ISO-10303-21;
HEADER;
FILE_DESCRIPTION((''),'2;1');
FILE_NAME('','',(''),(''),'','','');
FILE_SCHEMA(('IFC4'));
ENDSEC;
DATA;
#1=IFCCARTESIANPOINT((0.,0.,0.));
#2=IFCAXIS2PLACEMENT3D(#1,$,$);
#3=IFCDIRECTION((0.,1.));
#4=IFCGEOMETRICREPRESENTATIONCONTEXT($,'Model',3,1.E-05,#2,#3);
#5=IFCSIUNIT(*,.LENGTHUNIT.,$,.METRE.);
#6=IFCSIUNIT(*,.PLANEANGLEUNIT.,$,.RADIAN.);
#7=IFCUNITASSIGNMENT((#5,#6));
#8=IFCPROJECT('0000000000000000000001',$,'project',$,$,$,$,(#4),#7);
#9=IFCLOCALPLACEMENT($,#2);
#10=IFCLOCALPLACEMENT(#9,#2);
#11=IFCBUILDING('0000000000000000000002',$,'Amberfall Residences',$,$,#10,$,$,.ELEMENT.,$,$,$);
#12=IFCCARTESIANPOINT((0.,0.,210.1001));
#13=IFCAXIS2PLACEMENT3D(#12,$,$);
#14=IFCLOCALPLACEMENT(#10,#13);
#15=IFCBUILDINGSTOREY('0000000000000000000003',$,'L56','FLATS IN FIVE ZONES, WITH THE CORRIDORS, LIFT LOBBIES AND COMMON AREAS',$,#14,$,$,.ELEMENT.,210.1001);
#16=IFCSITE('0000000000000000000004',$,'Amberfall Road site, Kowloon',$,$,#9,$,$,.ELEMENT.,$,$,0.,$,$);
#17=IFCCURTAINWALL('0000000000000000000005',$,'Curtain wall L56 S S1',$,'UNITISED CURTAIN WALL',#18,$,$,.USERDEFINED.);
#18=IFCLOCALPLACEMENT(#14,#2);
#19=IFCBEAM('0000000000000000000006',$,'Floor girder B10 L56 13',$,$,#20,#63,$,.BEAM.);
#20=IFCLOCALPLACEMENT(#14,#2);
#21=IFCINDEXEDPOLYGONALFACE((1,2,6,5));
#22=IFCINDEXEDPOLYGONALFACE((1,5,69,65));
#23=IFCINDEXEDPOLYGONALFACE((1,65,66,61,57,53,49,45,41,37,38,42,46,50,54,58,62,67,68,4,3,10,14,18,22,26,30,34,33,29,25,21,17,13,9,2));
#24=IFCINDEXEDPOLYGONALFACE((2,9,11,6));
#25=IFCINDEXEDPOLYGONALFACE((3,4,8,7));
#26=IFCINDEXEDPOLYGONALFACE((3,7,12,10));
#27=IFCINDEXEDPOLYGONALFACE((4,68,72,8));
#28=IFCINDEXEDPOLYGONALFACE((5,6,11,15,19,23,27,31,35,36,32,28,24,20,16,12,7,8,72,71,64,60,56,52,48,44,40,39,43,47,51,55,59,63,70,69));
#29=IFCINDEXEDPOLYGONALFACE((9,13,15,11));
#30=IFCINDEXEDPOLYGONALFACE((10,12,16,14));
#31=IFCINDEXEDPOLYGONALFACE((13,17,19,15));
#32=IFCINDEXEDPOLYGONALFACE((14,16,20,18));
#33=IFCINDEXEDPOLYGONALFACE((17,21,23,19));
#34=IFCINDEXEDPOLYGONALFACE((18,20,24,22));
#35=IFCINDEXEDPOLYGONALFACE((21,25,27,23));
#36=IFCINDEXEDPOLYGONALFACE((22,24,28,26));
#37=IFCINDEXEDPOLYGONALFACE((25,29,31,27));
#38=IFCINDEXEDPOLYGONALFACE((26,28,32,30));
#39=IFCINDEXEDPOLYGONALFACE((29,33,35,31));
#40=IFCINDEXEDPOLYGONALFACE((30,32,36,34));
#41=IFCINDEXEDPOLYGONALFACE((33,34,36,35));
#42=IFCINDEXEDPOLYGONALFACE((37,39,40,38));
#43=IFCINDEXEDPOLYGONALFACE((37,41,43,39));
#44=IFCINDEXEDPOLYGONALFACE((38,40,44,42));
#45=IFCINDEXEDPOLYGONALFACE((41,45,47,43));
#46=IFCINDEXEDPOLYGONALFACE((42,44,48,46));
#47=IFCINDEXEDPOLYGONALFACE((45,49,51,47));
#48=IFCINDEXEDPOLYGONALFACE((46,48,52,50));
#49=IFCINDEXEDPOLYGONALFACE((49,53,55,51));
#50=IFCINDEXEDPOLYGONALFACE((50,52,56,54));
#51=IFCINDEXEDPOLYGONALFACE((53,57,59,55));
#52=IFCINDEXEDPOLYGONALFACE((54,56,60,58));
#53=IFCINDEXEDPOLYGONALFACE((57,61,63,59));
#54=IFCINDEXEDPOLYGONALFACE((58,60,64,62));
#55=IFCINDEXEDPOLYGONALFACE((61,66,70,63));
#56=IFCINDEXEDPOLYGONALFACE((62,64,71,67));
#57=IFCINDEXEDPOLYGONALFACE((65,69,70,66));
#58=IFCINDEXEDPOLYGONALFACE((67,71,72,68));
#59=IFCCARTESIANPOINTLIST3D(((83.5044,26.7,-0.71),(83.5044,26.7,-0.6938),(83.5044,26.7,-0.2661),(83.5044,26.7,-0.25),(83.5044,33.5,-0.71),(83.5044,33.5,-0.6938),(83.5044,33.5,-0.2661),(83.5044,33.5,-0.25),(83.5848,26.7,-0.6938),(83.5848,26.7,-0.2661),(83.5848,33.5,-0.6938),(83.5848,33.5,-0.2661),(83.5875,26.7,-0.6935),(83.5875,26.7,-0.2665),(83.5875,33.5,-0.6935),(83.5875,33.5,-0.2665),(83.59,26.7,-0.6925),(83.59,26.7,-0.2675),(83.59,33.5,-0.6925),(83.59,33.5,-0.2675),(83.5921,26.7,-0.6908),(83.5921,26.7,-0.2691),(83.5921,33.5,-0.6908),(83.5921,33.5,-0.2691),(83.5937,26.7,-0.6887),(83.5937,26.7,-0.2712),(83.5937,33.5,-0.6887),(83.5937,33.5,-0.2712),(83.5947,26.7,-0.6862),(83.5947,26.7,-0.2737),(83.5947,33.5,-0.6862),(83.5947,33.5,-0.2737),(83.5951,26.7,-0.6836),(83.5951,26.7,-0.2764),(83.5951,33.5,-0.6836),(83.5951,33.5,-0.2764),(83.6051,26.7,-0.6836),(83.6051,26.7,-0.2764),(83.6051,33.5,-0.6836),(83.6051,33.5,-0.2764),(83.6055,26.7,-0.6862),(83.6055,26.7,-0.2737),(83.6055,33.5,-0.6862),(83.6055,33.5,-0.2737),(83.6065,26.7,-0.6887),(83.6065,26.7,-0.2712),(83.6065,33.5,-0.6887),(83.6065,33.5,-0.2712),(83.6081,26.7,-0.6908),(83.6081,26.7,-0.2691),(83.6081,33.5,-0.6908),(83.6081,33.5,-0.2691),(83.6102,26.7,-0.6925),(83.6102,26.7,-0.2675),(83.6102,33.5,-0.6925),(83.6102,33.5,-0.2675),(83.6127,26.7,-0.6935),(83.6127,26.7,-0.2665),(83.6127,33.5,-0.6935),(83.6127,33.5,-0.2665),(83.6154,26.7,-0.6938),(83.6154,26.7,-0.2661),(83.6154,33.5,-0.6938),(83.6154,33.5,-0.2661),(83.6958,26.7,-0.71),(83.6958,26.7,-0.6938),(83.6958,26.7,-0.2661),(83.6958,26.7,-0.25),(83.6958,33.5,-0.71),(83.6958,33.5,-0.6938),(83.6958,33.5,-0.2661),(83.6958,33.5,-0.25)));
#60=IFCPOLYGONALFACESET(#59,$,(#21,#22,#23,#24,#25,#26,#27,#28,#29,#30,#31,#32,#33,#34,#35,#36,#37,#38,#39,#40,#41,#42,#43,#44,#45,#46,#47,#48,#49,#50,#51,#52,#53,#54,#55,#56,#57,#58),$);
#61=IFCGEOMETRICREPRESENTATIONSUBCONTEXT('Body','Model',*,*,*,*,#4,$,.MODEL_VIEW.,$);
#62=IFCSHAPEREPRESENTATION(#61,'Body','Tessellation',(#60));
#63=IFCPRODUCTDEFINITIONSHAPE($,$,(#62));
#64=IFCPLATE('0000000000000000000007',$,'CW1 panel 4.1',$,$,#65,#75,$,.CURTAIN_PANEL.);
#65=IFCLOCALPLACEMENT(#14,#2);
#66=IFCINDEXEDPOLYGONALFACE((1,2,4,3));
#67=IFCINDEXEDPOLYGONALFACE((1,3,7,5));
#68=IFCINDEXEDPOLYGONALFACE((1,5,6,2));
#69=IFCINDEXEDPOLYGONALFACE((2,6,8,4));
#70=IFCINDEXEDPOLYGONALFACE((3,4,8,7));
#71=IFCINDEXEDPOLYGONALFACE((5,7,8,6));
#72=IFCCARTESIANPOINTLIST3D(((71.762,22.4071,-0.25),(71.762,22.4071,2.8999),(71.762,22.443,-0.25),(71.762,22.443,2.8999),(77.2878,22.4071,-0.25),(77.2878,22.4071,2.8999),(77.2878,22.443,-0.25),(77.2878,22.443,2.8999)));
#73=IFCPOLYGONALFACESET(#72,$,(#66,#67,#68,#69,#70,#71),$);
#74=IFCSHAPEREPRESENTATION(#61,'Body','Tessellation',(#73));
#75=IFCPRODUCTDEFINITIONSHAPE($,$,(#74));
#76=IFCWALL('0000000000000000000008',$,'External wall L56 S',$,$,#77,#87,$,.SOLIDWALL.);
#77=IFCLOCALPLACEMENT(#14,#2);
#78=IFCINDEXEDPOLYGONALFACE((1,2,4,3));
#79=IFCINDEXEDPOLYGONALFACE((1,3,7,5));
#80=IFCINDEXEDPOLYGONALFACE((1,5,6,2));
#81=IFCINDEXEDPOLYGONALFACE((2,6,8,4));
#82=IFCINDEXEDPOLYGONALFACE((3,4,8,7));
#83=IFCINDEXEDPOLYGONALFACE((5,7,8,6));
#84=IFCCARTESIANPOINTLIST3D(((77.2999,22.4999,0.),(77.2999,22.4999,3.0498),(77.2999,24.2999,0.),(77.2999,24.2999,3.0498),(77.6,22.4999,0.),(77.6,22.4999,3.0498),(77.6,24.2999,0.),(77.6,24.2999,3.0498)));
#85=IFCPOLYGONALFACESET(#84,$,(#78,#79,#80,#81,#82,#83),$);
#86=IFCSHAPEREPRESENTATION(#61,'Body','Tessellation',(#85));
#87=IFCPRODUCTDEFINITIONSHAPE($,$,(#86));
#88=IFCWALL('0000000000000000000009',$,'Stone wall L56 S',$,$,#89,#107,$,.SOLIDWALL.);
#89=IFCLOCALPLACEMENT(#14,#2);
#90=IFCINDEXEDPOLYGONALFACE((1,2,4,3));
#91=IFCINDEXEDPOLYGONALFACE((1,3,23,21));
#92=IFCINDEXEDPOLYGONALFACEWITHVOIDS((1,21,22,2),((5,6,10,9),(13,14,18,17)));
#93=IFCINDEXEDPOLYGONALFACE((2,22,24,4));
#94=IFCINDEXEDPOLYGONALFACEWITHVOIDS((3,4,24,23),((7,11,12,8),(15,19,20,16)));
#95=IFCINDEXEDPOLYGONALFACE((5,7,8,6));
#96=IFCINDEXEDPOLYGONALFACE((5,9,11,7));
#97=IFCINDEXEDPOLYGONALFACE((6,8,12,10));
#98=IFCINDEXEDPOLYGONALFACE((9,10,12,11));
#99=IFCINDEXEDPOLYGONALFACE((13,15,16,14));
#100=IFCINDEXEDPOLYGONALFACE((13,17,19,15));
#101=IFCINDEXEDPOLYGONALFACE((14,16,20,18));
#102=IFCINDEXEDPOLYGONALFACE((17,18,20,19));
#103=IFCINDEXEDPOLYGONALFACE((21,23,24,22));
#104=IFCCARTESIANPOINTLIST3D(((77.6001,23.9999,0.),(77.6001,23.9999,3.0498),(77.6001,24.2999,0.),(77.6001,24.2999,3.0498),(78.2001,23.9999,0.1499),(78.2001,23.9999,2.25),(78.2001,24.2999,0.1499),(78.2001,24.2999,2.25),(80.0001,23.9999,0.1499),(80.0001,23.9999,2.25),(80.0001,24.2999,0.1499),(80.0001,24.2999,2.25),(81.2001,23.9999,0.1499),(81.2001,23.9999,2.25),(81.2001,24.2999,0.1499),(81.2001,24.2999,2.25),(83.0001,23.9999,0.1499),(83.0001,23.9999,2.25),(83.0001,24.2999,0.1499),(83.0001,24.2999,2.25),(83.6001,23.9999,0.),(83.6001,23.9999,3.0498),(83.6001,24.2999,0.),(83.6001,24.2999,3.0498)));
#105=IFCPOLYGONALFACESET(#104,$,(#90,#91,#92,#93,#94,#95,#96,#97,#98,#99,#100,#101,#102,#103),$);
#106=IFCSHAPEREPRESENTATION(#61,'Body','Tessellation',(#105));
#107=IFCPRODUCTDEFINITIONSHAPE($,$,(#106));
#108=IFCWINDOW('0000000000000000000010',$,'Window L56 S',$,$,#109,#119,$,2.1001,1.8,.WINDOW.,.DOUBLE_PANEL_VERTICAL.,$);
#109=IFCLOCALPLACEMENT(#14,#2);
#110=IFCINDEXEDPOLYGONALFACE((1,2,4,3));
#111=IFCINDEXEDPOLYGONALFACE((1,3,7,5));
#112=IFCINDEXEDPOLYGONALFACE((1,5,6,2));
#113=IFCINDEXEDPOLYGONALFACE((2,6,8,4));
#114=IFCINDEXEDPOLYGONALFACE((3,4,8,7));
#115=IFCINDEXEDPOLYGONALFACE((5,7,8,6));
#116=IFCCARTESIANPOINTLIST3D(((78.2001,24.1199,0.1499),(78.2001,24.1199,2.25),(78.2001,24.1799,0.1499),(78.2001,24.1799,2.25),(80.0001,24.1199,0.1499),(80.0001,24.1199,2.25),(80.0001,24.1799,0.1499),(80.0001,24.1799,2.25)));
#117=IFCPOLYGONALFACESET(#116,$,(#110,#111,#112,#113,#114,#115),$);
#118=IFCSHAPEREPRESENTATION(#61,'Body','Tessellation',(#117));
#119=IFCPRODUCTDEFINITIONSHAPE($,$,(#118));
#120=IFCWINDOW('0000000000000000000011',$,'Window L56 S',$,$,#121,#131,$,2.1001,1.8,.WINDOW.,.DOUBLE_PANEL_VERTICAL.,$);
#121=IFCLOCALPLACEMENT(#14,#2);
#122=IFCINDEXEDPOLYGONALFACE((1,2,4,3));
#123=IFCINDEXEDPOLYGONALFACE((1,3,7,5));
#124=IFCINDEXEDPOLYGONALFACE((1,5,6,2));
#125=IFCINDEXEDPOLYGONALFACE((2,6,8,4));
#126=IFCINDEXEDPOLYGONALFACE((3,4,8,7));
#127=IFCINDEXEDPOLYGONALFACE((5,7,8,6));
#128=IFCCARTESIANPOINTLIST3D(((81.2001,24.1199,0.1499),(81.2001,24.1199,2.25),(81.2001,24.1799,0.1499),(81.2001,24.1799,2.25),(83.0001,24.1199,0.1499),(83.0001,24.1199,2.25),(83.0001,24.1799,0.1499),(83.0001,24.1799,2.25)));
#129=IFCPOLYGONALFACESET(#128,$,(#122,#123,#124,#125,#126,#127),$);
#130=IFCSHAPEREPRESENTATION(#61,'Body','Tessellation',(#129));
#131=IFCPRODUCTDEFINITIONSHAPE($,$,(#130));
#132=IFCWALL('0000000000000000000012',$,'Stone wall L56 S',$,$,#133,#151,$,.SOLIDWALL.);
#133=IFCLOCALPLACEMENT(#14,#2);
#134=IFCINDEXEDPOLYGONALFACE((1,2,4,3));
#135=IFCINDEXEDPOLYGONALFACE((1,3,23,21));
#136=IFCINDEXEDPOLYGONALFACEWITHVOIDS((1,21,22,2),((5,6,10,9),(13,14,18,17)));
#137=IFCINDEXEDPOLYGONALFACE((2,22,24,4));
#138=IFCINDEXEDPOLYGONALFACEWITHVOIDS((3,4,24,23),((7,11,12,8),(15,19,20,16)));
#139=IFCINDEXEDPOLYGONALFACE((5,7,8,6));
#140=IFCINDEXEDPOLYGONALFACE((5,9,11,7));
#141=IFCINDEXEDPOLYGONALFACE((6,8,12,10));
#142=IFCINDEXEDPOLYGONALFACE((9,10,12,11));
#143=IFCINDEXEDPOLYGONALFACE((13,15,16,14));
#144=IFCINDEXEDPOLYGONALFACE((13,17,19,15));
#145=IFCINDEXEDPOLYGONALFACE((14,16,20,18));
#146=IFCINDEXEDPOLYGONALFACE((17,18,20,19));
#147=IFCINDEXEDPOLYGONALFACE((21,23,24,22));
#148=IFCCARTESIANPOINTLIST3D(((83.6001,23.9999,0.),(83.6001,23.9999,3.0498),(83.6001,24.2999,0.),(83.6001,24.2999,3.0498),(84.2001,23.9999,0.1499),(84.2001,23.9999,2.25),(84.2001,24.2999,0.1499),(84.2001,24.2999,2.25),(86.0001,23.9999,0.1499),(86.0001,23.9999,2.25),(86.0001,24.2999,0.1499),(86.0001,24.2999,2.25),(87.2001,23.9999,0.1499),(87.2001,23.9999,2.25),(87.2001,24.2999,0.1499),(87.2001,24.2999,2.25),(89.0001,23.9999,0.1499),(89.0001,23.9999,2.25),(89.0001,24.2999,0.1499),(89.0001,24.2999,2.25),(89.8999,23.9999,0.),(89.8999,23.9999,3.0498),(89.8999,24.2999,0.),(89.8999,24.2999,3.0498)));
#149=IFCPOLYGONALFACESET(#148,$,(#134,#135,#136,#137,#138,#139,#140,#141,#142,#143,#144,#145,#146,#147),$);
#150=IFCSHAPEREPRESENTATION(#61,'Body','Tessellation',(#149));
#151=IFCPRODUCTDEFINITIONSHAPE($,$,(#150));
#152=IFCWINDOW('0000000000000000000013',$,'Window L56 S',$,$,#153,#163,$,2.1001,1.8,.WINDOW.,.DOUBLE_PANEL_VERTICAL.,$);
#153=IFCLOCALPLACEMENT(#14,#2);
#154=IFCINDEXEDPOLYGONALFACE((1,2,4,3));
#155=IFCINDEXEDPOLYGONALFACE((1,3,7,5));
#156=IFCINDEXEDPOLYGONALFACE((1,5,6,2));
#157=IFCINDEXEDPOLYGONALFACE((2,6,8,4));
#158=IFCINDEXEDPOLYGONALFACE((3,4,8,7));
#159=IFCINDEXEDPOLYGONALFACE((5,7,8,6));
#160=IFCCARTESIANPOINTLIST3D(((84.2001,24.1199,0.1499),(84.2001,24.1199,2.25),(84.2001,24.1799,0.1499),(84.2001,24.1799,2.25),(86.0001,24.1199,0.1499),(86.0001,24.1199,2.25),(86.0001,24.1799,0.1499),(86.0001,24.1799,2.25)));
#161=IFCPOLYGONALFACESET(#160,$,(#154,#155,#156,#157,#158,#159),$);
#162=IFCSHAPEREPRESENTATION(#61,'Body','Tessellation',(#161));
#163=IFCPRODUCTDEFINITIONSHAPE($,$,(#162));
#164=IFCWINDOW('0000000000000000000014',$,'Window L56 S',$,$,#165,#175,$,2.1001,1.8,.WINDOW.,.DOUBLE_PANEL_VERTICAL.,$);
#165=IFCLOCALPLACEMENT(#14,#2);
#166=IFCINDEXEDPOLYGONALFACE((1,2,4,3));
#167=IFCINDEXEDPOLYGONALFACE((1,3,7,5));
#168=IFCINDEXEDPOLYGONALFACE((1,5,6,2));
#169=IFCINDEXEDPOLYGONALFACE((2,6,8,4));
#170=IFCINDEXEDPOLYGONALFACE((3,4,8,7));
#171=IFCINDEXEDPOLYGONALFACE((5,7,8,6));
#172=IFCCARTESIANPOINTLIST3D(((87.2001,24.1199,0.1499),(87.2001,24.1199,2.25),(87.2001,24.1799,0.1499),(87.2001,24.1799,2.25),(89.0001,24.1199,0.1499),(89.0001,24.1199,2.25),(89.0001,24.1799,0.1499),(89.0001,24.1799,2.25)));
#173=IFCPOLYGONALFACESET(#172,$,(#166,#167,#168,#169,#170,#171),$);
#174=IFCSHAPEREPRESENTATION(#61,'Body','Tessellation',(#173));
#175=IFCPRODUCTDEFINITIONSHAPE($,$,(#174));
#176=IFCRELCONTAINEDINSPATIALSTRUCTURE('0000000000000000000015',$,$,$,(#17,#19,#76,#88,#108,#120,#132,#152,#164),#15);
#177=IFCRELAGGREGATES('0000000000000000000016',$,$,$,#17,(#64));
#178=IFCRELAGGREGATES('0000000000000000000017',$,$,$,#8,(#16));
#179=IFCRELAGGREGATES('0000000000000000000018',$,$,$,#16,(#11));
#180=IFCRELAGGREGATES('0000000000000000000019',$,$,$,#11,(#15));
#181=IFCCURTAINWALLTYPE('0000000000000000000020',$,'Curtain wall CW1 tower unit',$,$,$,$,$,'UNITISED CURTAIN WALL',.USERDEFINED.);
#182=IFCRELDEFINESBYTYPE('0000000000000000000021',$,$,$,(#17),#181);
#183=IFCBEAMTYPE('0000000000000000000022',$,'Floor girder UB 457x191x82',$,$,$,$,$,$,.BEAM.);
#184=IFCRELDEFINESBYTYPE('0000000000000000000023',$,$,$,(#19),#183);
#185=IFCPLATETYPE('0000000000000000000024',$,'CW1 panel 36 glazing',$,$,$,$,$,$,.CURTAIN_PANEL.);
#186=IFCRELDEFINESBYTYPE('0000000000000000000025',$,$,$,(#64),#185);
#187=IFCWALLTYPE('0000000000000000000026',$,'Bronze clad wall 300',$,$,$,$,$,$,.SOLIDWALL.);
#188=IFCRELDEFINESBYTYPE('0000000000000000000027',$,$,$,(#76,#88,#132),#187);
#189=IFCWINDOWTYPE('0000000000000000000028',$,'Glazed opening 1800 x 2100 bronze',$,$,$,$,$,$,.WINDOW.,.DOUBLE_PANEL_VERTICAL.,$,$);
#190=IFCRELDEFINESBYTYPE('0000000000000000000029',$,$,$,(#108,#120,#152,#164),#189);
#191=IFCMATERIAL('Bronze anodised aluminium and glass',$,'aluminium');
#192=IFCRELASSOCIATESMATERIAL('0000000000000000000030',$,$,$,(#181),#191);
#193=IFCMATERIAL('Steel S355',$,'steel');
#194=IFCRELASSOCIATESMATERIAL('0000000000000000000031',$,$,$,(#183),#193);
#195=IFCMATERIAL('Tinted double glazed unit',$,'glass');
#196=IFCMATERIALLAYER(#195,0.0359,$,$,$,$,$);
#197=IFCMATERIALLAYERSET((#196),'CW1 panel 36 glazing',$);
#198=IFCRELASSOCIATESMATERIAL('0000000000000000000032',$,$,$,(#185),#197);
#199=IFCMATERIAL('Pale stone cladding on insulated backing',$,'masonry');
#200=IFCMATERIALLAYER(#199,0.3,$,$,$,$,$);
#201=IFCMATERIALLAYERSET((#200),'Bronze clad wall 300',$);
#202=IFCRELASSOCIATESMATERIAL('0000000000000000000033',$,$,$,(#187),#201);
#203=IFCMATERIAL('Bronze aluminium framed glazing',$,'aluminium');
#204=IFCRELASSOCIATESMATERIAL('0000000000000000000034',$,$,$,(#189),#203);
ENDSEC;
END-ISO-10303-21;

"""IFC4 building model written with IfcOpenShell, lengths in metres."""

from ifc_helpers import new_model, si_unit, direction, frame, frame_2d, origin, origin_2d, place, context, subcontext, project, spatial, rectangle, i_section, extrude, material, layer, layer_set, material_profile, profile_set, type_object, element, fill, aggregate, save


model = new_model("IFC4")

# Units and contexts
model_context = context("Model", 3, precision=1e-05, world=origin(), true_north=direction((0.0, 1.0)))
body_context = subcontext(model_context, "Body", "Model", "MODEL_VIEW")
ifc_project = project(units=[si_unit("LENGTHUNIT", "METRE"), si_unit("PLANEANGLEUNIT", "RADIAN")], contexts=[model_context])

# Site, building, storey
site_placement = place(None, origin())
site = spatial("IfcSite", under=ifc_project, at=site_placement, Name="Amberfall Road site, Kowloon", CompositionType="ELEMENT", RefElevation=0.0)
building_placement = place(site_placement, origin())
building = spatial("IfcBuilding", under=site, at=building_placement, Name="Amberfall Residences", CompositionType="ELEMENT")
storey_placement = place(building_placement, frame((0.0, 0.0, 210.1001)))
storey = spatial("IfcBuildingStorey", under=building, at=storey_placement, Name="L56", Description="FLATS IN FIVE ZONES, WITH THE CORRIDORS, LIFT LOBBIES AND COMMON AREAS", CompositionType="ELEMENT", Elevation=210.1001)

# Shared definitions
ifc_material_1 = material(Name="Steel S355", Category="steel")

# Curtain wall
ifc_material_2 = material(Name="Bronze anodised aluminium and glass", Category="aluminium")
curtain_wall_type = type_object("IfcCurtainWallType", Name="Curtain wall CW1 tower unit", ElementType="UNITISED CURTAIN WALL", PredefinedType="USERDEFINED", material=ifc_material_2)
curtain_wall_placement = place(storey_placement, origin())
curtain_wall = element("IfcCurtainWall", 1, at=curtain_wall_placement, inside=storey, type_object=curtain_wall_type, Name="Curtain wall L56 S S1", ObjectType="UNITISED CURTAIN WALL", PredefinedType="USERDEFINED")

# Beam
ifc_material_profile_1 = material_profile(ifc_material_1, i_section(OverallWidth=0.1914, OverallDepth=0.46, WebThickness=0.01, FlangeThickness=0.0161, FilletRadius=0.0103, at=origin_2d()), Name="UB 457x191x82")
ifc_profile_set_1 = profile_set([ifc_material_profile_1], Name="Steel S355")
beam_type_1 = type_object("IfcBeamType", Name="Floor girder UB 457x191x82", PredefinedType="BEAM", material=ifc_profile_set_1)
beam_1_placement = place(storey_placement, frame((83.6001, 26.7, -0.48), z_axis=(0.0, 1.0, 0.0), x_axis=(-1.0, 0.0, 0.0)))
element("IfcBeam", 2, at=beam_1_placement, inside=storey, type_object=beam_type_1, Name="Floor girder B10 L56 13", PredefinedType="BEAM", context=body_context, shape_type="SweptSolid", body=[
    extrude(i_section(OverallWidth=0.1914, OverallDepth=0.46, WebThickness=0.01, FlangeThickness=0.0161, FilletRadius=0.0103, at=origin_2d()), origin(), (0.0, 0.0, 1.0), 6.8),
])

# Plate
ifc_material_3 = material(Name="Tinted double glazed unit", Category="glass")
ifc_layer_1 = layer(ifc_material_3, 0.0359)
ifc_layer_set_1 = layer_set([ifc_layer_1], Name="CW1 panel 36 glazing")
plate_type = type_object("IfcPlateType", Name="CW1 panel 36 glazing", PredefinedType="CURTAIN_PANEL", material=ifc_layer_set_1)
plate_placement = place(storey_placement, frame((74.5249, 22.425, -0.25), z_axis=(0.0, 0.0, 1.0), x_axis=(1.0, 0.0, 0.0)))
plate = element("IfcPlate", 3, at=plate_placement, type_object=plate_type, Name="CW1 panel 4.1", PredefinedType="CURTAIN_PANEL", context=body_context, shape_type="SweptSolid", body=[
    extrude(rectangle(XDim=5.5259, YDim=0.0359, at=origin_2d()), origin(), (0.0, 0.0, 1.0), 3.1499),
])
aggregate(curtain_wall, [plate])

# Wall
ifc_material_4 = material(Name="Pale stone cladding on insulated backing", Category="masonry")
ifc_layer_2 = layer(ifc_material_4, 0.3)
ifc_layer_set_2 = layer_set([ifc_layer_2], Name="Bronze clad wall 300")
wall_type_1 = type_object("IfcWallType", Name="Bronze clad wall 300", PredefinedType="SOLIDWALL", material=ifc_layer_set_2)
wall_1_placement = place(storey_placement, frame((77.45, 22.5, 0.0), z_axis=(0.0, 0.0, 1.0), x_axis=(0.0, 1.0, 0.0)))
element("IfcWall", 4, at=wall_1_placement, inside=storey, type_object=wall_type_1, Name="External wall L56 S", PredefinedType="SOLIDWALL", context=body_context, shape_type="SweptSolid", body=[
    extrude(rectangle(XDim=1.8, YDim=0.3, at=frame_2d((0.8999, 0.0))), origin(), (0.0, 0.0, 1.0), 3.0498),
])

# Walls, openings, windows
wall_2_placement = place(storey_placement, frame((77.6001, 24.1499, 0.0), z_axis=(0.0, 0.0, 1.0), x_axis=(1.0, 0.0, 0.0)))
wall_2 = element("IfcWall", 5, at=wall_2_placement, inside=storey, type_object=wall_type_1, Name="Stone wall L56 S", PredefinedType="SOLIDWALL", context=body_context, shape_type="SweptSolid", body=[
    extrude(rectangle(XDim=6.0, YDim=0.3, at=frame_2d((3.0, 0.0))), origin(), (0.0, 0.0, 1.0), 3.0498),
])
opening_1_placement = place(wall_2_placement, frame((0.6001, 0.0, 0.1499)))
opening_1 = element("IfcOpeningElement", 6, at=opening_1_placement, cuts=wall_2, PredefinedType="OPENING", context=body_context, shape_type="SweptSolid", body=[
    extrude(rectangle(XDim=1.8, YDim=2.1001, at=frame_2d((0.8999, 1.05))), frame((0.0, 0.1599, 0.0), z_axis=(0.0, -1.0, 0.0), x_axis=(1.0, 0.0, 0.0)), (0.0, 0.0, 1.0), 0.3201),
])
opening_2_placement = place(wall_2_placement, frame((3.6001, 0.0, 0.1499)))
opening_2 = element("IfcOpeningElement", 7, at=opening_2_placement, cuts=wall_2, PredefinedType="OPENING", context=body_context, shape_type="SweptSolid", body=[
    extrude(rectangle(XDim=1.8, YDim=2.1001, at=frame_2d((0.8999, 1.05))), frame((0.0, 0.1599, 0.0), z_axis=(0.0, -1.0, 0.0), x_axis=(1.0, 0.0, 0.0)), (0.0, 0.0, 1.0), 0.3201),
])
ifc_material_5 = material(Name="Bronze aluminium framed glazing", Category="aluminium")
window_type = type_object("IfcWindowType", Name="Glazed opening 1800 x 2100 bronze", PartitioningType="DOUBLE_PANEL_VERTICAL", PredefinedType="WINDOW", material=ifc_material_5)
window_1_placement = place(opening_1_placement, origin())
window_1 = element("IfcWindow", 8, at=window_1_placement, inside=storey, type_object=window_type, Name="Window L56 S", OverallHeight=2.1001, OverallWidth=1.8, PartitioningType="DOUBLE_PANEL_VERTICAL", PredefinedType="WINDOW", context=body_context, shape_type="SweptSolid", body=[
    extrude(rectangle(XDim=1.8, YDim=2.1001, at=frame_2d((0.8999, 1.05))), frame((0.0, 0.03, 0.0), z_axis=(0.0, -1.0, 0.0), x_axis=(1.0, 0.0, 0.0)), (0.0, 0.0, 1.0), 0.0601),
])
fill(opening_1, window_1)
window_2_placement = place(opening_2_placement, origin())
window_2 = element("IfcWindow", 9, at=window_2_placement, inside=storey, type_object=window_type, Name="Window L56 S", OverallHeight=2.1001, OverallWidth=1.8, PartitioningType="DOUBLE_PANEL_VERTICAL", PredefinedType="WINDOW", context=body_context, shape_type="SweptSolid", body=[
    extrude(rectangle(XDim=1.8, YDim=2.1001, at=frame_2d((0.8999, 1.05))), frame((0.0, 0.03, 0.0), z_axis=(0.0, -1.0, 0.0), x_axis=(1.0, 0.0, 0.0)), (0.0, 0.0, 1.0), 0.0601),
])
fill(opening_2, window_2)
wall_3_placement = place(storey_placement, frame((83.6001, 24.1499, 0.0), z_axis=(0.0, 0.0, 1.0), x_axis=(1.0, 0.0, 0.0)))
wall_3 = element("IfcWall", 10, at=wall_3_placement, inside=storey, type_object=wall_type_1, Name="Stone wall L56 S", PredefinedType="SOLIDWALL", context=body_context, shape_type="SweptSolid", body=[
    extrude(rectangle(XDim=6.2998, YDim=0.3, at=frame_2d((3.1499, 0.0))), origin(), (0.0, 0.0, 1.0), 3.0498),
])
opening_3_placement = place(wall_3_placement, frame((0.6001, 0.0, 0.1499)))
opening_3 = element("IfcOpeningElement", 11, at=opening_3_placement, cuts=wall_3, PredefinedType="OPENING", context=body_context, shape_type="SweptSolid", body=[
    extrude(rectangle(XDim=1.8, YDim=2.1001, at=frame_2d((0.8999, 1.05))), frame((0.0, 0.1599, 0.0), z_axis=(0.0, -1.0, 0.0), x_axis=(1.0, 0.0, 0.0)), (0.0, 0.0, 1.0), 0.3201),
])
opening_4_placement = place(wall_3_placement, frame((3.6001, 0.0, 0.1499)))
opening_4 = element("IfcOpeningElement", 12, at=opening_4_placement, cuts=wall_3, PredefinedType="OPENING", context=body_context, shape_type="SweptSolid", body=[
    extrude(rectangle(XDim=1.8, YDim=2.1001, at=frame_2d((0.8999, 1.05))), frame((0.0, 0.1599, 0.0), z_axis=(0.0, -1.0, 0.0), x_axis=(1.0, 0.0, 0.0)), (0.0, 0.0, 1.0), 0.3201),
])
window_3_placement = place(opening_3_placement, origin())
window_3 = element("IfcWindow", 13, at=window_3_placement, inside=storey, type_object=window_type, Name="Window L56 S", OverallHeight=2.1001, OverallWidth=1.8, PartitioningType="DOUBLE_PANEL_VERTICAL", PredefinedType="WINDOW", context=body_context, shape_type="SweptSolid", body=[
    extrude(rectangle(XDim=1.8, YDim=2.1001, at=frame_2d((0.8999, 1.05))), frame((0.0, 0.03, 0.0), z_axis=(0.0, -1.0, 0.0), x_axis=(1.0, 0.0, 0.0)), (0.0, 0.0, 1.0), 0.0601),
])
fill(opening_3, window_3)
window_4_placement = place(opening_4_placement, origin())
window_4 = element("IfcWindow", 14, at=window_4_placement, inside=storey, type_object=window_type, Name="Window L56 S", OverallHeight=2.1001, OverallWidth=1.8, PartitioningType="DOUBLE_PANEL_VERTICAL", PredefinedType="WINDOW", context=body_context, shape_type="SweptSolid", body=[
    extrude(rectangle(XDim=1.8, YDim=2.1001, at=frame_2d((0.8999, 1.05))), frame((0.0, 0.03, 0.0), z_axis=(0.0, -1.0, 0.0), x_axis=(1.0, 0.0, 0.0)), (0.0, 0.0, 1.0), 0.0601),
])
fill(opening_4, window_4)

save(model, "model.ifc")
